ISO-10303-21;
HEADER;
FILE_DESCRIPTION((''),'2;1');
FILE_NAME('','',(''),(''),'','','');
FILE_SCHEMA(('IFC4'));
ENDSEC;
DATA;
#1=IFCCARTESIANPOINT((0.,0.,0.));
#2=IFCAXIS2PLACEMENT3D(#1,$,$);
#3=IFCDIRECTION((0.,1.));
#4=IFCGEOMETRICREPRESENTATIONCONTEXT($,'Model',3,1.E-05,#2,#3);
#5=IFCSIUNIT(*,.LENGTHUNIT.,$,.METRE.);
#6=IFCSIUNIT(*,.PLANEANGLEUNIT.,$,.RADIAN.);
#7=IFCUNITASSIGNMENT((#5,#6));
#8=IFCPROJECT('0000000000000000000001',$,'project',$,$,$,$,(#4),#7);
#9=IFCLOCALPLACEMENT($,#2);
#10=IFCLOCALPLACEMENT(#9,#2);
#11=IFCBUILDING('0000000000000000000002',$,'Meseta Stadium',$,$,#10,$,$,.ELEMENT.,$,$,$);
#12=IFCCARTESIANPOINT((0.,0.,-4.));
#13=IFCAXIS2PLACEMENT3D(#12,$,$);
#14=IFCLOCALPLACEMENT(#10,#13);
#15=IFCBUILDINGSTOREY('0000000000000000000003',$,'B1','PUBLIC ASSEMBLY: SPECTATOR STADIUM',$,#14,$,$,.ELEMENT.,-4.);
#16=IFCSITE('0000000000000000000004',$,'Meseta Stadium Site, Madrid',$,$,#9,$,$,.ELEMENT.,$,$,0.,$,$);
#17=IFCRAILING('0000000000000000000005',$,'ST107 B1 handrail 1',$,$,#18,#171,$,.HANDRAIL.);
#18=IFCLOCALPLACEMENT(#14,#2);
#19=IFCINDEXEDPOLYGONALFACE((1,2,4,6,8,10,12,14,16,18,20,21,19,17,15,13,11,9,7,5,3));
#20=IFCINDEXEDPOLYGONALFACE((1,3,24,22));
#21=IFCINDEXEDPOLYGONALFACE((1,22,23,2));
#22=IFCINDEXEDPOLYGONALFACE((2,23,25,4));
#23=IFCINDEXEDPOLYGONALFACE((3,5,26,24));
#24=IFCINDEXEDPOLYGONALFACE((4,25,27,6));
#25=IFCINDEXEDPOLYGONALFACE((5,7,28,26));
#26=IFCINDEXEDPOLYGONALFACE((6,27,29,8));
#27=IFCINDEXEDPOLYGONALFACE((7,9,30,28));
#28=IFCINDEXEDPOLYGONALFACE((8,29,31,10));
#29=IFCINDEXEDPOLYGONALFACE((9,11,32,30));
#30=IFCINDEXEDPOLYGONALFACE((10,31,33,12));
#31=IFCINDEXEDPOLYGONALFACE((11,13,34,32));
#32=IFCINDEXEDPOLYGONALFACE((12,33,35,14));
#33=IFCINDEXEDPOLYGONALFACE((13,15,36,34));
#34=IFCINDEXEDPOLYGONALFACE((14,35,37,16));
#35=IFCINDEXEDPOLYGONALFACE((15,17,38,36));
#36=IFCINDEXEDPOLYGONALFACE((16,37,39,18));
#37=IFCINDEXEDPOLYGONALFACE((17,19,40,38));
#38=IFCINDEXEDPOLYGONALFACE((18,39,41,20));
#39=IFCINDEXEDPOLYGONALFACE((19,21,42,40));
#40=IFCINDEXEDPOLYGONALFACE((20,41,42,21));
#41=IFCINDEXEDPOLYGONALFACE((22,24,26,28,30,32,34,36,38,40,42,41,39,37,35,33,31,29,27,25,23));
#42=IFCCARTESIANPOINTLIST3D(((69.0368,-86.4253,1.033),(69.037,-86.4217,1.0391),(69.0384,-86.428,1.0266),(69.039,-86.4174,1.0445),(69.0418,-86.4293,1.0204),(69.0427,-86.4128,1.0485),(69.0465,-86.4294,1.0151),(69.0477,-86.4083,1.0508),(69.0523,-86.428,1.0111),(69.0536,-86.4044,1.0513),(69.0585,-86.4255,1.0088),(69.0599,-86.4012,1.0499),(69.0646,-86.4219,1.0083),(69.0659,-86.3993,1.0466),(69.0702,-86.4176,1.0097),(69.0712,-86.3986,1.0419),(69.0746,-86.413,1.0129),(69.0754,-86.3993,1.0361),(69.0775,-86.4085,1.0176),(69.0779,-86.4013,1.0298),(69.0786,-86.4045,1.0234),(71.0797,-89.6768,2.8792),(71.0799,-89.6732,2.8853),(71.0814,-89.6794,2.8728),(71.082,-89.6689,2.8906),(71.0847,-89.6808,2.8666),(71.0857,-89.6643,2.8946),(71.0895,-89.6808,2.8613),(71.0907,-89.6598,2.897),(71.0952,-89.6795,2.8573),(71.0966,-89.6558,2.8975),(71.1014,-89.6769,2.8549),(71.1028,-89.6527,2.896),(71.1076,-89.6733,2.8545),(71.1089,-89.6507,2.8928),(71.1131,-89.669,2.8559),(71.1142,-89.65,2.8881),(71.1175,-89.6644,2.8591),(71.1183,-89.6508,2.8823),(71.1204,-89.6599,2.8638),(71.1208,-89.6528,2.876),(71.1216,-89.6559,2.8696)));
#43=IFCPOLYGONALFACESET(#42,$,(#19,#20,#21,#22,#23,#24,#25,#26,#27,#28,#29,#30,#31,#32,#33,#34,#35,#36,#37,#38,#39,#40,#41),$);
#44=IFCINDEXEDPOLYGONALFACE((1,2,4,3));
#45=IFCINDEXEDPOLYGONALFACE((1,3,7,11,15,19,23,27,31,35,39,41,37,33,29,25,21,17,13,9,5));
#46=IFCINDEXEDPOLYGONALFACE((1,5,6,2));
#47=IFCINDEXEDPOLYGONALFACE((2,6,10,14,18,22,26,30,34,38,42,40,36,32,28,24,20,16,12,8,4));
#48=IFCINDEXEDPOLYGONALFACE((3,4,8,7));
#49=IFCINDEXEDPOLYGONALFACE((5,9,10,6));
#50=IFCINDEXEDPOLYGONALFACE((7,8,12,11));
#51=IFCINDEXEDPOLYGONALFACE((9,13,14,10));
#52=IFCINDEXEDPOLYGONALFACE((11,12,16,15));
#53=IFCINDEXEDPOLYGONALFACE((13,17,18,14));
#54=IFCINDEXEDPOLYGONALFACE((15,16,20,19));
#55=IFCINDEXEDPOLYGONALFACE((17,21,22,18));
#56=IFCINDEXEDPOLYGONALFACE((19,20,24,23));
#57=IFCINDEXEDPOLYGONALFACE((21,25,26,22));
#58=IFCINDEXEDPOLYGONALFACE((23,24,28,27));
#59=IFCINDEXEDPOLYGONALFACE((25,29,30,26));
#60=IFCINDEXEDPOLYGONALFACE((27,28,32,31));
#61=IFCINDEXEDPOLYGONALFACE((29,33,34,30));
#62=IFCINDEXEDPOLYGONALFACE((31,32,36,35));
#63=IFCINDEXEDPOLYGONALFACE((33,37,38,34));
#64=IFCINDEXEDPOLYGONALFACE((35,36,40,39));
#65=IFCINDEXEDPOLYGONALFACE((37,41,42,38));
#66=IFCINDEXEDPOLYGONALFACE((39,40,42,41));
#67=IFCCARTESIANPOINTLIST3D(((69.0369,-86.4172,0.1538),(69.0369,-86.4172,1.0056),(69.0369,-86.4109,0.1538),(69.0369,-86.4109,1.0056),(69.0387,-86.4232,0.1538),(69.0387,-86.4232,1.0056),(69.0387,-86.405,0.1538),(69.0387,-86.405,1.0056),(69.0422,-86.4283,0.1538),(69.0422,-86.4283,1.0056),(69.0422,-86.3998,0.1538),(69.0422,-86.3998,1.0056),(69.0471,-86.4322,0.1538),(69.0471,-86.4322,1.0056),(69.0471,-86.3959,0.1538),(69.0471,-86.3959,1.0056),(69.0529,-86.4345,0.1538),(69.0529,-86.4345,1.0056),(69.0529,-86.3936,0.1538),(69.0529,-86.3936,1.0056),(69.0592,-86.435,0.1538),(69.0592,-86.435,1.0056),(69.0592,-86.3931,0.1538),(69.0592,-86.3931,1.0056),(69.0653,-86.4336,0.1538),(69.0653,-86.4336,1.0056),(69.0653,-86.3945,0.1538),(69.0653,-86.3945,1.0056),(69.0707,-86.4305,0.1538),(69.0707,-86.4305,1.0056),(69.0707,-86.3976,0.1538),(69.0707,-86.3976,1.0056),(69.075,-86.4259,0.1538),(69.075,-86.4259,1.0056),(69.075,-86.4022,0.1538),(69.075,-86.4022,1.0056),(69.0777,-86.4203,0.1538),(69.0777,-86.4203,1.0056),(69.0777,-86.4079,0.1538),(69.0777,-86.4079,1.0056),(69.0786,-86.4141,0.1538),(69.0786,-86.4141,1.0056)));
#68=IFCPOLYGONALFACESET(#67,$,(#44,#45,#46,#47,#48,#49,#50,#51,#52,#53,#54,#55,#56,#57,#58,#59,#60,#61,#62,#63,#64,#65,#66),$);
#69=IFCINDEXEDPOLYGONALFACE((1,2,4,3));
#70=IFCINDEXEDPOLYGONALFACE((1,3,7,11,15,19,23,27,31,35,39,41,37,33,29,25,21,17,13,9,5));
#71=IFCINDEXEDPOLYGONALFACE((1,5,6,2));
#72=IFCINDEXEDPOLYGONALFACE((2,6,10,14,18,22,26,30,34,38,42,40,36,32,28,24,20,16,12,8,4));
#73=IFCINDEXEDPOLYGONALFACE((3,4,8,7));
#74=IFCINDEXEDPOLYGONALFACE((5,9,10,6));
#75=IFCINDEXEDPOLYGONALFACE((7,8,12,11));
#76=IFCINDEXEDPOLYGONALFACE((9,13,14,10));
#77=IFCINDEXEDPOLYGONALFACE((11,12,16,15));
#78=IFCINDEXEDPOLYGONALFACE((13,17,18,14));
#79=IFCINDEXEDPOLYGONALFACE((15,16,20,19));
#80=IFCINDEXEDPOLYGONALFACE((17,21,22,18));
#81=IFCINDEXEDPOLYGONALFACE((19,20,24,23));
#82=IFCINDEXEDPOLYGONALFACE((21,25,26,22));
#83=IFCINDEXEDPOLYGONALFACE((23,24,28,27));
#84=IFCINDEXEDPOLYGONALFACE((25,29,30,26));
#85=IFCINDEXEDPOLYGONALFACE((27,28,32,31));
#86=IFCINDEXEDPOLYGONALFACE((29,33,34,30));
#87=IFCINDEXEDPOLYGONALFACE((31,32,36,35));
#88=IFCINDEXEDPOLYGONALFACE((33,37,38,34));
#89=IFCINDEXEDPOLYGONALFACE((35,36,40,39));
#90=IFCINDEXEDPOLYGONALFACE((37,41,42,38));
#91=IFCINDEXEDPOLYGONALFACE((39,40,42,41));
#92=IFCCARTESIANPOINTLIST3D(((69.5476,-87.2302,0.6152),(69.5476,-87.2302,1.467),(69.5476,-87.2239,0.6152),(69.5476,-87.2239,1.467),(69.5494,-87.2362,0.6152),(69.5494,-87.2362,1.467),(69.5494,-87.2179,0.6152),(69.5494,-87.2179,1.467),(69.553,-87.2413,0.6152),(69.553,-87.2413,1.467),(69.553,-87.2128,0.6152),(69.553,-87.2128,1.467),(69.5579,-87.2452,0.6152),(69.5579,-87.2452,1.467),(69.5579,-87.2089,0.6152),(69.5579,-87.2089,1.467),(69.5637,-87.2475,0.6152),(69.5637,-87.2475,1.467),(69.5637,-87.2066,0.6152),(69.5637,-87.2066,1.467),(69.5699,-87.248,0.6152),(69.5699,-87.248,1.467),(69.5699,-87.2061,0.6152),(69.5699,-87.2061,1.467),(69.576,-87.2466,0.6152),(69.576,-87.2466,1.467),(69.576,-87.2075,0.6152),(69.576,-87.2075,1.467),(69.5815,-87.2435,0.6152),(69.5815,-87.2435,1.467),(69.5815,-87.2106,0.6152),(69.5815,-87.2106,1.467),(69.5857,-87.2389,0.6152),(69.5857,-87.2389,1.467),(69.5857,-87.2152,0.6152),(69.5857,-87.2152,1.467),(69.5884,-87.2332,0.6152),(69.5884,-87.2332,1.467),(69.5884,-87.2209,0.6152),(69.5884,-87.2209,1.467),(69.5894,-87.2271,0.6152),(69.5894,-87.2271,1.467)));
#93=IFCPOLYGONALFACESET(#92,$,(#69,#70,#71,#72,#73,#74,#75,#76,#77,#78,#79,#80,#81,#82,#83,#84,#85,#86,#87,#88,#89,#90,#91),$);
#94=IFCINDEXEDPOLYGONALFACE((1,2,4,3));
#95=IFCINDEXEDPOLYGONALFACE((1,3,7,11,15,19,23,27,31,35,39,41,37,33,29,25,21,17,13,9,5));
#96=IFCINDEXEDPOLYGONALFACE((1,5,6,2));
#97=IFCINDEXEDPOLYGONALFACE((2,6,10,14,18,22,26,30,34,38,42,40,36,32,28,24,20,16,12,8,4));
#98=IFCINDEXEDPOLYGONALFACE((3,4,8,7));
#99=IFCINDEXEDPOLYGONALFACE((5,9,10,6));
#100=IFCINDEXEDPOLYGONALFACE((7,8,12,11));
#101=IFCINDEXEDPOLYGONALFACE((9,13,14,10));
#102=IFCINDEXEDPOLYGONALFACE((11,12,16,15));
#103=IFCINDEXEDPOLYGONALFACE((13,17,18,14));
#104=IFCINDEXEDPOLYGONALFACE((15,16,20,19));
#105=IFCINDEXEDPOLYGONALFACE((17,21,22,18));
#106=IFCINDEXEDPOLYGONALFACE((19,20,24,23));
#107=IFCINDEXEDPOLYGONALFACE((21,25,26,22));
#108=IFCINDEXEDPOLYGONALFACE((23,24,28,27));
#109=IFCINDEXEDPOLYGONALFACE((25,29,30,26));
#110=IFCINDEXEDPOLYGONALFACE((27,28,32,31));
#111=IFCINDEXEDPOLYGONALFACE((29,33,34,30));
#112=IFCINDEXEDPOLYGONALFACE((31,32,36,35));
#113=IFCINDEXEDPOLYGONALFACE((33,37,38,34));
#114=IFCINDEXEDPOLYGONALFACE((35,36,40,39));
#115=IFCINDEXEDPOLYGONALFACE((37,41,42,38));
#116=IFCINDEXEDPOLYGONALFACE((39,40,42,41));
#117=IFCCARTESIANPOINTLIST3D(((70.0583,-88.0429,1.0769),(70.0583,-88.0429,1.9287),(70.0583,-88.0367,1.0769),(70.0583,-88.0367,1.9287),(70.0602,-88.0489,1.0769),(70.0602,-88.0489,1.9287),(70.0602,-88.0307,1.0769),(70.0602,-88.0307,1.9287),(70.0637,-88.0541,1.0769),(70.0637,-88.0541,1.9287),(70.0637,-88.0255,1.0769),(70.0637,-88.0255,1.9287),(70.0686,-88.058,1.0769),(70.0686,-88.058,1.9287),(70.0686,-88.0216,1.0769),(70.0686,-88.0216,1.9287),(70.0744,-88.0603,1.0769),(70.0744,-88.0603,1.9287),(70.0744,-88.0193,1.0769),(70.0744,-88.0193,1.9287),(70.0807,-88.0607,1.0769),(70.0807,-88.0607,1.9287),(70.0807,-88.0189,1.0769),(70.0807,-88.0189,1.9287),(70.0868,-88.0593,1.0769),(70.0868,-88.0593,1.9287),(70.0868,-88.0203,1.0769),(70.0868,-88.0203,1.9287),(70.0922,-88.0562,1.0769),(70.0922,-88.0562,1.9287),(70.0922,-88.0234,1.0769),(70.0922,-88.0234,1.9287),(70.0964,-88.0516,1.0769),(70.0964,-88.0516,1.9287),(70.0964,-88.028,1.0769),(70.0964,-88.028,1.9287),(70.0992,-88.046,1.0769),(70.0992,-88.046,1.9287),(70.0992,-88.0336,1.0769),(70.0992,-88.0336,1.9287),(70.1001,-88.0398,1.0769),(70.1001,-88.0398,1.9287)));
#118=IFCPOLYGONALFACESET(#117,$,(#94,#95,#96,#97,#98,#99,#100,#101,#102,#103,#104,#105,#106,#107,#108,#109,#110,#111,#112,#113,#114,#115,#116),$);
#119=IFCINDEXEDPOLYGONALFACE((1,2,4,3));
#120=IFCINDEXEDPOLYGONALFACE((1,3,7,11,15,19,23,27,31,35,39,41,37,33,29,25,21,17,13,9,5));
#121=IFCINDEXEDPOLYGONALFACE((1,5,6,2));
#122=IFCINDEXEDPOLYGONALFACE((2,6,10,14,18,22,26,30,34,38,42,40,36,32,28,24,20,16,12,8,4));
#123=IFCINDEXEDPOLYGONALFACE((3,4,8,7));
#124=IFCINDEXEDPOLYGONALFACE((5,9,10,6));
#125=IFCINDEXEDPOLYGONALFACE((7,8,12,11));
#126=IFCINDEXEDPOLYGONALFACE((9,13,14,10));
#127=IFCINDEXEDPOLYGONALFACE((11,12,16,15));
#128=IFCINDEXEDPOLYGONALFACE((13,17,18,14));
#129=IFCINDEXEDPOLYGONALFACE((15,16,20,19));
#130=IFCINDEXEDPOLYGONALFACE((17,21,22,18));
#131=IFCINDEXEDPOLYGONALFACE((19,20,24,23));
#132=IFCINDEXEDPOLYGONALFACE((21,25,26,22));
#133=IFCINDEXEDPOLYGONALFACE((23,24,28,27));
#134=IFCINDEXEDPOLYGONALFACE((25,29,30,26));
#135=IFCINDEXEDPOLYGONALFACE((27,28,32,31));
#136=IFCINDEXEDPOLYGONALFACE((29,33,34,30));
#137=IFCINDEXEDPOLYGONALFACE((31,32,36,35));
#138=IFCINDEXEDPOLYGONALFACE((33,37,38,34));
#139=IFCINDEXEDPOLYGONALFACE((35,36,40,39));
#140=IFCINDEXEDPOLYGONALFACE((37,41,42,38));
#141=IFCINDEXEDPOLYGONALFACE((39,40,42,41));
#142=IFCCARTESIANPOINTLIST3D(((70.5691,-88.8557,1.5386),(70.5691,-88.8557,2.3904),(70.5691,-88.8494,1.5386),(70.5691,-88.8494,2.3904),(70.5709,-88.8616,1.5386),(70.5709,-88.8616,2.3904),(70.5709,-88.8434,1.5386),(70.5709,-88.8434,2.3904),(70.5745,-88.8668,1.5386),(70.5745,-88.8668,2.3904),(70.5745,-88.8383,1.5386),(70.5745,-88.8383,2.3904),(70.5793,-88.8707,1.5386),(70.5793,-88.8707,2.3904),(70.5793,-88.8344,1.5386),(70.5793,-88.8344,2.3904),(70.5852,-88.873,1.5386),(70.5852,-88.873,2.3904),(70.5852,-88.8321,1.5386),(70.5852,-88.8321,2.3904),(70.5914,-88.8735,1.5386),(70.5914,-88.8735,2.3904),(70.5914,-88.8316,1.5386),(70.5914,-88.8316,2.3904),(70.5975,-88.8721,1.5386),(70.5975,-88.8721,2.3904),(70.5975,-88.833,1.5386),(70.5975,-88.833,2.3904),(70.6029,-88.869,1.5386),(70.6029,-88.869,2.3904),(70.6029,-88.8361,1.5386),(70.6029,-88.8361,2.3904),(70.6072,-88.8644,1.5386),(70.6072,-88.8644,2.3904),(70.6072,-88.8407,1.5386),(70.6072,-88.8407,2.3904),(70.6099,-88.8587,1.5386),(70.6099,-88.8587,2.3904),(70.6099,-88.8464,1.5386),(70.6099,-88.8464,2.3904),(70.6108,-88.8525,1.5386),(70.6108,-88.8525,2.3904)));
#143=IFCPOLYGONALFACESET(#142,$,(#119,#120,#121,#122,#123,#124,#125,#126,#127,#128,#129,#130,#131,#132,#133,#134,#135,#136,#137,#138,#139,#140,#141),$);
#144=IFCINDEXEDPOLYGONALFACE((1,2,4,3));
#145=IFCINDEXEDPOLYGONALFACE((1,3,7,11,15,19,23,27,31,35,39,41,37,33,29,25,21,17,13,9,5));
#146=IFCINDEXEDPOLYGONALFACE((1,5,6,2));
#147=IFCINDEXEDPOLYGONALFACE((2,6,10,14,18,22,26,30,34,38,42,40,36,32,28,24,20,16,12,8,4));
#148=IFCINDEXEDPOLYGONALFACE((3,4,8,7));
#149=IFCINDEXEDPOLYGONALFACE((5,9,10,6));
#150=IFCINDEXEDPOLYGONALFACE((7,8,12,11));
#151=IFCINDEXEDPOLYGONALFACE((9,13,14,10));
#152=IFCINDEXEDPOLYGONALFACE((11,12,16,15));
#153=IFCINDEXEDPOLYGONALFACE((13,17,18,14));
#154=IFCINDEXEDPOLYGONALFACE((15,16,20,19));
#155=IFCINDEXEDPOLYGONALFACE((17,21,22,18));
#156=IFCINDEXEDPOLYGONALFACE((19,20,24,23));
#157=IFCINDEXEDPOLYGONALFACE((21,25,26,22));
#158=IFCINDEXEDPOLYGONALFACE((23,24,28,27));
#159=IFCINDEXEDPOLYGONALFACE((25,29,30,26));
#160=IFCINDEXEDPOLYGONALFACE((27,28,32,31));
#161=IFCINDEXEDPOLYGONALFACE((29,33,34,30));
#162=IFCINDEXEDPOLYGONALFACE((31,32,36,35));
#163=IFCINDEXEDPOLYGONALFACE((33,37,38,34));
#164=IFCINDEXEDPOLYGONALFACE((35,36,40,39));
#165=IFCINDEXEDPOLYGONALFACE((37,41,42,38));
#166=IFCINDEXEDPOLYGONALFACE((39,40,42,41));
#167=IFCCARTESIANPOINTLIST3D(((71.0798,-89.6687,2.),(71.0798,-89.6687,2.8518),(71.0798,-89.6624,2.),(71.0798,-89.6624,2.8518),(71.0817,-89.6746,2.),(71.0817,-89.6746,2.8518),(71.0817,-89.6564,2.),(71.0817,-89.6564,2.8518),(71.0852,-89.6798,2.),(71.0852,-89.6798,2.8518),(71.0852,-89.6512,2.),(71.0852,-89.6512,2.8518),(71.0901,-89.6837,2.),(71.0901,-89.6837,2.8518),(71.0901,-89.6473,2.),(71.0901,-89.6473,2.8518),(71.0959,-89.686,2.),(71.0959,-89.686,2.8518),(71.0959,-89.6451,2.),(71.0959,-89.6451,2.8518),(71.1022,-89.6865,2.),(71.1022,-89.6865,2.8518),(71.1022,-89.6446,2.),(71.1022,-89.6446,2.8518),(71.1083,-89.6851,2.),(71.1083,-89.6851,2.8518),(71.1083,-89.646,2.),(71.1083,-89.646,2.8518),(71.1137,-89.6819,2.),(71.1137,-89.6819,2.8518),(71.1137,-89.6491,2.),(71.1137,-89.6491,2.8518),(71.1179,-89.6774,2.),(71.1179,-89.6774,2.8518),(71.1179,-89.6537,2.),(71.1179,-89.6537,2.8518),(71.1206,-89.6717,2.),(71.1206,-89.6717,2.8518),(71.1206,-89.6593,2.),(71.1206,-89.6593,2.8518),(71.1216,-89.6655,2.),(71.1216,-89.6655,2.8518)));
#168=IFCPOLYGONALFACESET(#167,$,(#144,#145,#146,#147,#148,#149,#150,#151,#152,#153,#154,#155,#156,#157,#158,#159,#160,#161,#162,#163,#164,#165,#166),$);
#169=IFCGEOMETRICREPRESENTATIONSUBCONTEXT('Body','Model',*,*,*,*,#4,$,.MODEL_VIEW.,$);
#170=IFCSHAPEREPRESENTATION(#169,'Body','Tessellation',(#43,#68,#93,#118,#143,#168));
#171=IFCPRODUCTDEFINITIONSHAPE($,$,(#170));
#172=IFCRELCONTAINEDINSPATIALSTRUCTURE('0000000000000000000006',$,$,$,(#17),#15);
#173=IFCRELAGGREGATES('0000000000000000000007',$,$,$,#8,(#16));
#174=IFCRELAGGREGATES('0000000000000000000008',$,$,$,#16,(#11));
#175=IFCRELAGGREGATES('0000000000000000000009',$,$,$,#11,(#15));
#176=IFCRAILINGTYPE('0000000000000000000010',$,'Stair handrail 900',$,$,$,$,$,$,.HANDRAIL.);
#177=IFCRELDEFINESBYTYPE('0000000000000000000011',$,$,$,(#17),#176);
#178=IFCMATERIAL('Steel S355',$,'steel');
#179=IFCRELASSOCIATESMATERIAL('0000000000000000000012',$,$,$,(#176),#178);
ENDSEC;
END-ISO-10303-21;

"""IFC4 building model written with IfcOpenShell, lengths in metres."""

from ifc_helpers import new_model, si_unit, direction, frame, origin, origin_2d, place, context, subcontext, project, spatial, circle, extrude, material, type_object, element, save


model = new_model("IFC4")

# Units and contexts
model_context = context("Model", 3, precision=1e-05, world=origin(), true_north=direction((0.0, 1.0)))
body_context = subcontext(model_context, "Body", "Model", "MODEL_VIEW")
ifc_project = project(units=[si_unit("LENGTHUNIT", "METRE"), si_unit("PLANEANGLEUNIT", "RADIAN")], contexts=[model_context])

# Site, building, storey
site_placement = place(None, origin())
site = spatial("IfcSite", under=ifc_project, at=site_placement, Name="Meseta Stadium Site, Madrid", CompositionType="ELEMENT", RefElevation=0.0)
building_placement = place(site_placement, origin())
building = spatial("IfcBuilding", under=site, at=building_placement, Name="Meseta Stadium", CompositionType="ELEMENT")
storey_placement = place(building_placement, frame((0.0, 0.0, -4.0)))
storey = spatial("IfcBuildingStorey", under=building, at=storey_placement, Name="B1", Description="PUBLIC ASSEMBLY: SPECTATOR STADIUM", CompositionType="ELEMENT", Elevation=-4.0)

# Railing
ifc_material_1 = material(Name="Steel S355", Category="steel")
railing_type_1 = type_object("IfcRailingType", Name="Stair handrail 900", PredefinedType="HANDRAIL", material=ifc_material_1)
for number, where, name in (
    (1, (69.0576, -86.4141, 0.1538), "ST107 B1 handrail 1"),
):
    element("IfcRailing", number, at=place(storey_placement, frame(where)), inside=storey, type_object=railing_type_1, Name=name, PredefinedType="HANDRAIL", context=body_context, shape_type="SweptSolid", body=[
        extrude(circle(Radius=0.0239, at=origin_2d()), frame((0.0, 0.0, 0.876), z_axis=(0.479483, -0.763117, 0.4333), x_axis=(0.846731, 0.53202, 0.0)), (0.0, 0.0, 1.0), 4.2607),
        extrude(circle(Radius=0.021, at=origin_2d()), origin(), (0.0, 0.0, 1.0), 0.8518),
        extrude(circle(Radius=0.021, at=origin_2d()), frame((0.5107, -0.813, 0.4614)), (0.0, 0.0, 1.0), 0.8518),
        extrude(circle(Radius=0.021, at=origin_2d()), frame((1.0215, -1.6257, 0.9231)), (0.0, 0.0, 1.0), 0.8518),
        extrude(circle(Radius=0.021, at=origin_2d()), frame((1.5322, -2.4385, 1.3848)), (0.0, 0.0, 1.0), 0.8518),
        extrude(circle(Radius=0.021, at=origin_2d()), frame((2.043, -3.2515, 1.8462)), (0.0, 0.0, 1.0), 0.8518),
    ])

save(model, "model.ifc")
